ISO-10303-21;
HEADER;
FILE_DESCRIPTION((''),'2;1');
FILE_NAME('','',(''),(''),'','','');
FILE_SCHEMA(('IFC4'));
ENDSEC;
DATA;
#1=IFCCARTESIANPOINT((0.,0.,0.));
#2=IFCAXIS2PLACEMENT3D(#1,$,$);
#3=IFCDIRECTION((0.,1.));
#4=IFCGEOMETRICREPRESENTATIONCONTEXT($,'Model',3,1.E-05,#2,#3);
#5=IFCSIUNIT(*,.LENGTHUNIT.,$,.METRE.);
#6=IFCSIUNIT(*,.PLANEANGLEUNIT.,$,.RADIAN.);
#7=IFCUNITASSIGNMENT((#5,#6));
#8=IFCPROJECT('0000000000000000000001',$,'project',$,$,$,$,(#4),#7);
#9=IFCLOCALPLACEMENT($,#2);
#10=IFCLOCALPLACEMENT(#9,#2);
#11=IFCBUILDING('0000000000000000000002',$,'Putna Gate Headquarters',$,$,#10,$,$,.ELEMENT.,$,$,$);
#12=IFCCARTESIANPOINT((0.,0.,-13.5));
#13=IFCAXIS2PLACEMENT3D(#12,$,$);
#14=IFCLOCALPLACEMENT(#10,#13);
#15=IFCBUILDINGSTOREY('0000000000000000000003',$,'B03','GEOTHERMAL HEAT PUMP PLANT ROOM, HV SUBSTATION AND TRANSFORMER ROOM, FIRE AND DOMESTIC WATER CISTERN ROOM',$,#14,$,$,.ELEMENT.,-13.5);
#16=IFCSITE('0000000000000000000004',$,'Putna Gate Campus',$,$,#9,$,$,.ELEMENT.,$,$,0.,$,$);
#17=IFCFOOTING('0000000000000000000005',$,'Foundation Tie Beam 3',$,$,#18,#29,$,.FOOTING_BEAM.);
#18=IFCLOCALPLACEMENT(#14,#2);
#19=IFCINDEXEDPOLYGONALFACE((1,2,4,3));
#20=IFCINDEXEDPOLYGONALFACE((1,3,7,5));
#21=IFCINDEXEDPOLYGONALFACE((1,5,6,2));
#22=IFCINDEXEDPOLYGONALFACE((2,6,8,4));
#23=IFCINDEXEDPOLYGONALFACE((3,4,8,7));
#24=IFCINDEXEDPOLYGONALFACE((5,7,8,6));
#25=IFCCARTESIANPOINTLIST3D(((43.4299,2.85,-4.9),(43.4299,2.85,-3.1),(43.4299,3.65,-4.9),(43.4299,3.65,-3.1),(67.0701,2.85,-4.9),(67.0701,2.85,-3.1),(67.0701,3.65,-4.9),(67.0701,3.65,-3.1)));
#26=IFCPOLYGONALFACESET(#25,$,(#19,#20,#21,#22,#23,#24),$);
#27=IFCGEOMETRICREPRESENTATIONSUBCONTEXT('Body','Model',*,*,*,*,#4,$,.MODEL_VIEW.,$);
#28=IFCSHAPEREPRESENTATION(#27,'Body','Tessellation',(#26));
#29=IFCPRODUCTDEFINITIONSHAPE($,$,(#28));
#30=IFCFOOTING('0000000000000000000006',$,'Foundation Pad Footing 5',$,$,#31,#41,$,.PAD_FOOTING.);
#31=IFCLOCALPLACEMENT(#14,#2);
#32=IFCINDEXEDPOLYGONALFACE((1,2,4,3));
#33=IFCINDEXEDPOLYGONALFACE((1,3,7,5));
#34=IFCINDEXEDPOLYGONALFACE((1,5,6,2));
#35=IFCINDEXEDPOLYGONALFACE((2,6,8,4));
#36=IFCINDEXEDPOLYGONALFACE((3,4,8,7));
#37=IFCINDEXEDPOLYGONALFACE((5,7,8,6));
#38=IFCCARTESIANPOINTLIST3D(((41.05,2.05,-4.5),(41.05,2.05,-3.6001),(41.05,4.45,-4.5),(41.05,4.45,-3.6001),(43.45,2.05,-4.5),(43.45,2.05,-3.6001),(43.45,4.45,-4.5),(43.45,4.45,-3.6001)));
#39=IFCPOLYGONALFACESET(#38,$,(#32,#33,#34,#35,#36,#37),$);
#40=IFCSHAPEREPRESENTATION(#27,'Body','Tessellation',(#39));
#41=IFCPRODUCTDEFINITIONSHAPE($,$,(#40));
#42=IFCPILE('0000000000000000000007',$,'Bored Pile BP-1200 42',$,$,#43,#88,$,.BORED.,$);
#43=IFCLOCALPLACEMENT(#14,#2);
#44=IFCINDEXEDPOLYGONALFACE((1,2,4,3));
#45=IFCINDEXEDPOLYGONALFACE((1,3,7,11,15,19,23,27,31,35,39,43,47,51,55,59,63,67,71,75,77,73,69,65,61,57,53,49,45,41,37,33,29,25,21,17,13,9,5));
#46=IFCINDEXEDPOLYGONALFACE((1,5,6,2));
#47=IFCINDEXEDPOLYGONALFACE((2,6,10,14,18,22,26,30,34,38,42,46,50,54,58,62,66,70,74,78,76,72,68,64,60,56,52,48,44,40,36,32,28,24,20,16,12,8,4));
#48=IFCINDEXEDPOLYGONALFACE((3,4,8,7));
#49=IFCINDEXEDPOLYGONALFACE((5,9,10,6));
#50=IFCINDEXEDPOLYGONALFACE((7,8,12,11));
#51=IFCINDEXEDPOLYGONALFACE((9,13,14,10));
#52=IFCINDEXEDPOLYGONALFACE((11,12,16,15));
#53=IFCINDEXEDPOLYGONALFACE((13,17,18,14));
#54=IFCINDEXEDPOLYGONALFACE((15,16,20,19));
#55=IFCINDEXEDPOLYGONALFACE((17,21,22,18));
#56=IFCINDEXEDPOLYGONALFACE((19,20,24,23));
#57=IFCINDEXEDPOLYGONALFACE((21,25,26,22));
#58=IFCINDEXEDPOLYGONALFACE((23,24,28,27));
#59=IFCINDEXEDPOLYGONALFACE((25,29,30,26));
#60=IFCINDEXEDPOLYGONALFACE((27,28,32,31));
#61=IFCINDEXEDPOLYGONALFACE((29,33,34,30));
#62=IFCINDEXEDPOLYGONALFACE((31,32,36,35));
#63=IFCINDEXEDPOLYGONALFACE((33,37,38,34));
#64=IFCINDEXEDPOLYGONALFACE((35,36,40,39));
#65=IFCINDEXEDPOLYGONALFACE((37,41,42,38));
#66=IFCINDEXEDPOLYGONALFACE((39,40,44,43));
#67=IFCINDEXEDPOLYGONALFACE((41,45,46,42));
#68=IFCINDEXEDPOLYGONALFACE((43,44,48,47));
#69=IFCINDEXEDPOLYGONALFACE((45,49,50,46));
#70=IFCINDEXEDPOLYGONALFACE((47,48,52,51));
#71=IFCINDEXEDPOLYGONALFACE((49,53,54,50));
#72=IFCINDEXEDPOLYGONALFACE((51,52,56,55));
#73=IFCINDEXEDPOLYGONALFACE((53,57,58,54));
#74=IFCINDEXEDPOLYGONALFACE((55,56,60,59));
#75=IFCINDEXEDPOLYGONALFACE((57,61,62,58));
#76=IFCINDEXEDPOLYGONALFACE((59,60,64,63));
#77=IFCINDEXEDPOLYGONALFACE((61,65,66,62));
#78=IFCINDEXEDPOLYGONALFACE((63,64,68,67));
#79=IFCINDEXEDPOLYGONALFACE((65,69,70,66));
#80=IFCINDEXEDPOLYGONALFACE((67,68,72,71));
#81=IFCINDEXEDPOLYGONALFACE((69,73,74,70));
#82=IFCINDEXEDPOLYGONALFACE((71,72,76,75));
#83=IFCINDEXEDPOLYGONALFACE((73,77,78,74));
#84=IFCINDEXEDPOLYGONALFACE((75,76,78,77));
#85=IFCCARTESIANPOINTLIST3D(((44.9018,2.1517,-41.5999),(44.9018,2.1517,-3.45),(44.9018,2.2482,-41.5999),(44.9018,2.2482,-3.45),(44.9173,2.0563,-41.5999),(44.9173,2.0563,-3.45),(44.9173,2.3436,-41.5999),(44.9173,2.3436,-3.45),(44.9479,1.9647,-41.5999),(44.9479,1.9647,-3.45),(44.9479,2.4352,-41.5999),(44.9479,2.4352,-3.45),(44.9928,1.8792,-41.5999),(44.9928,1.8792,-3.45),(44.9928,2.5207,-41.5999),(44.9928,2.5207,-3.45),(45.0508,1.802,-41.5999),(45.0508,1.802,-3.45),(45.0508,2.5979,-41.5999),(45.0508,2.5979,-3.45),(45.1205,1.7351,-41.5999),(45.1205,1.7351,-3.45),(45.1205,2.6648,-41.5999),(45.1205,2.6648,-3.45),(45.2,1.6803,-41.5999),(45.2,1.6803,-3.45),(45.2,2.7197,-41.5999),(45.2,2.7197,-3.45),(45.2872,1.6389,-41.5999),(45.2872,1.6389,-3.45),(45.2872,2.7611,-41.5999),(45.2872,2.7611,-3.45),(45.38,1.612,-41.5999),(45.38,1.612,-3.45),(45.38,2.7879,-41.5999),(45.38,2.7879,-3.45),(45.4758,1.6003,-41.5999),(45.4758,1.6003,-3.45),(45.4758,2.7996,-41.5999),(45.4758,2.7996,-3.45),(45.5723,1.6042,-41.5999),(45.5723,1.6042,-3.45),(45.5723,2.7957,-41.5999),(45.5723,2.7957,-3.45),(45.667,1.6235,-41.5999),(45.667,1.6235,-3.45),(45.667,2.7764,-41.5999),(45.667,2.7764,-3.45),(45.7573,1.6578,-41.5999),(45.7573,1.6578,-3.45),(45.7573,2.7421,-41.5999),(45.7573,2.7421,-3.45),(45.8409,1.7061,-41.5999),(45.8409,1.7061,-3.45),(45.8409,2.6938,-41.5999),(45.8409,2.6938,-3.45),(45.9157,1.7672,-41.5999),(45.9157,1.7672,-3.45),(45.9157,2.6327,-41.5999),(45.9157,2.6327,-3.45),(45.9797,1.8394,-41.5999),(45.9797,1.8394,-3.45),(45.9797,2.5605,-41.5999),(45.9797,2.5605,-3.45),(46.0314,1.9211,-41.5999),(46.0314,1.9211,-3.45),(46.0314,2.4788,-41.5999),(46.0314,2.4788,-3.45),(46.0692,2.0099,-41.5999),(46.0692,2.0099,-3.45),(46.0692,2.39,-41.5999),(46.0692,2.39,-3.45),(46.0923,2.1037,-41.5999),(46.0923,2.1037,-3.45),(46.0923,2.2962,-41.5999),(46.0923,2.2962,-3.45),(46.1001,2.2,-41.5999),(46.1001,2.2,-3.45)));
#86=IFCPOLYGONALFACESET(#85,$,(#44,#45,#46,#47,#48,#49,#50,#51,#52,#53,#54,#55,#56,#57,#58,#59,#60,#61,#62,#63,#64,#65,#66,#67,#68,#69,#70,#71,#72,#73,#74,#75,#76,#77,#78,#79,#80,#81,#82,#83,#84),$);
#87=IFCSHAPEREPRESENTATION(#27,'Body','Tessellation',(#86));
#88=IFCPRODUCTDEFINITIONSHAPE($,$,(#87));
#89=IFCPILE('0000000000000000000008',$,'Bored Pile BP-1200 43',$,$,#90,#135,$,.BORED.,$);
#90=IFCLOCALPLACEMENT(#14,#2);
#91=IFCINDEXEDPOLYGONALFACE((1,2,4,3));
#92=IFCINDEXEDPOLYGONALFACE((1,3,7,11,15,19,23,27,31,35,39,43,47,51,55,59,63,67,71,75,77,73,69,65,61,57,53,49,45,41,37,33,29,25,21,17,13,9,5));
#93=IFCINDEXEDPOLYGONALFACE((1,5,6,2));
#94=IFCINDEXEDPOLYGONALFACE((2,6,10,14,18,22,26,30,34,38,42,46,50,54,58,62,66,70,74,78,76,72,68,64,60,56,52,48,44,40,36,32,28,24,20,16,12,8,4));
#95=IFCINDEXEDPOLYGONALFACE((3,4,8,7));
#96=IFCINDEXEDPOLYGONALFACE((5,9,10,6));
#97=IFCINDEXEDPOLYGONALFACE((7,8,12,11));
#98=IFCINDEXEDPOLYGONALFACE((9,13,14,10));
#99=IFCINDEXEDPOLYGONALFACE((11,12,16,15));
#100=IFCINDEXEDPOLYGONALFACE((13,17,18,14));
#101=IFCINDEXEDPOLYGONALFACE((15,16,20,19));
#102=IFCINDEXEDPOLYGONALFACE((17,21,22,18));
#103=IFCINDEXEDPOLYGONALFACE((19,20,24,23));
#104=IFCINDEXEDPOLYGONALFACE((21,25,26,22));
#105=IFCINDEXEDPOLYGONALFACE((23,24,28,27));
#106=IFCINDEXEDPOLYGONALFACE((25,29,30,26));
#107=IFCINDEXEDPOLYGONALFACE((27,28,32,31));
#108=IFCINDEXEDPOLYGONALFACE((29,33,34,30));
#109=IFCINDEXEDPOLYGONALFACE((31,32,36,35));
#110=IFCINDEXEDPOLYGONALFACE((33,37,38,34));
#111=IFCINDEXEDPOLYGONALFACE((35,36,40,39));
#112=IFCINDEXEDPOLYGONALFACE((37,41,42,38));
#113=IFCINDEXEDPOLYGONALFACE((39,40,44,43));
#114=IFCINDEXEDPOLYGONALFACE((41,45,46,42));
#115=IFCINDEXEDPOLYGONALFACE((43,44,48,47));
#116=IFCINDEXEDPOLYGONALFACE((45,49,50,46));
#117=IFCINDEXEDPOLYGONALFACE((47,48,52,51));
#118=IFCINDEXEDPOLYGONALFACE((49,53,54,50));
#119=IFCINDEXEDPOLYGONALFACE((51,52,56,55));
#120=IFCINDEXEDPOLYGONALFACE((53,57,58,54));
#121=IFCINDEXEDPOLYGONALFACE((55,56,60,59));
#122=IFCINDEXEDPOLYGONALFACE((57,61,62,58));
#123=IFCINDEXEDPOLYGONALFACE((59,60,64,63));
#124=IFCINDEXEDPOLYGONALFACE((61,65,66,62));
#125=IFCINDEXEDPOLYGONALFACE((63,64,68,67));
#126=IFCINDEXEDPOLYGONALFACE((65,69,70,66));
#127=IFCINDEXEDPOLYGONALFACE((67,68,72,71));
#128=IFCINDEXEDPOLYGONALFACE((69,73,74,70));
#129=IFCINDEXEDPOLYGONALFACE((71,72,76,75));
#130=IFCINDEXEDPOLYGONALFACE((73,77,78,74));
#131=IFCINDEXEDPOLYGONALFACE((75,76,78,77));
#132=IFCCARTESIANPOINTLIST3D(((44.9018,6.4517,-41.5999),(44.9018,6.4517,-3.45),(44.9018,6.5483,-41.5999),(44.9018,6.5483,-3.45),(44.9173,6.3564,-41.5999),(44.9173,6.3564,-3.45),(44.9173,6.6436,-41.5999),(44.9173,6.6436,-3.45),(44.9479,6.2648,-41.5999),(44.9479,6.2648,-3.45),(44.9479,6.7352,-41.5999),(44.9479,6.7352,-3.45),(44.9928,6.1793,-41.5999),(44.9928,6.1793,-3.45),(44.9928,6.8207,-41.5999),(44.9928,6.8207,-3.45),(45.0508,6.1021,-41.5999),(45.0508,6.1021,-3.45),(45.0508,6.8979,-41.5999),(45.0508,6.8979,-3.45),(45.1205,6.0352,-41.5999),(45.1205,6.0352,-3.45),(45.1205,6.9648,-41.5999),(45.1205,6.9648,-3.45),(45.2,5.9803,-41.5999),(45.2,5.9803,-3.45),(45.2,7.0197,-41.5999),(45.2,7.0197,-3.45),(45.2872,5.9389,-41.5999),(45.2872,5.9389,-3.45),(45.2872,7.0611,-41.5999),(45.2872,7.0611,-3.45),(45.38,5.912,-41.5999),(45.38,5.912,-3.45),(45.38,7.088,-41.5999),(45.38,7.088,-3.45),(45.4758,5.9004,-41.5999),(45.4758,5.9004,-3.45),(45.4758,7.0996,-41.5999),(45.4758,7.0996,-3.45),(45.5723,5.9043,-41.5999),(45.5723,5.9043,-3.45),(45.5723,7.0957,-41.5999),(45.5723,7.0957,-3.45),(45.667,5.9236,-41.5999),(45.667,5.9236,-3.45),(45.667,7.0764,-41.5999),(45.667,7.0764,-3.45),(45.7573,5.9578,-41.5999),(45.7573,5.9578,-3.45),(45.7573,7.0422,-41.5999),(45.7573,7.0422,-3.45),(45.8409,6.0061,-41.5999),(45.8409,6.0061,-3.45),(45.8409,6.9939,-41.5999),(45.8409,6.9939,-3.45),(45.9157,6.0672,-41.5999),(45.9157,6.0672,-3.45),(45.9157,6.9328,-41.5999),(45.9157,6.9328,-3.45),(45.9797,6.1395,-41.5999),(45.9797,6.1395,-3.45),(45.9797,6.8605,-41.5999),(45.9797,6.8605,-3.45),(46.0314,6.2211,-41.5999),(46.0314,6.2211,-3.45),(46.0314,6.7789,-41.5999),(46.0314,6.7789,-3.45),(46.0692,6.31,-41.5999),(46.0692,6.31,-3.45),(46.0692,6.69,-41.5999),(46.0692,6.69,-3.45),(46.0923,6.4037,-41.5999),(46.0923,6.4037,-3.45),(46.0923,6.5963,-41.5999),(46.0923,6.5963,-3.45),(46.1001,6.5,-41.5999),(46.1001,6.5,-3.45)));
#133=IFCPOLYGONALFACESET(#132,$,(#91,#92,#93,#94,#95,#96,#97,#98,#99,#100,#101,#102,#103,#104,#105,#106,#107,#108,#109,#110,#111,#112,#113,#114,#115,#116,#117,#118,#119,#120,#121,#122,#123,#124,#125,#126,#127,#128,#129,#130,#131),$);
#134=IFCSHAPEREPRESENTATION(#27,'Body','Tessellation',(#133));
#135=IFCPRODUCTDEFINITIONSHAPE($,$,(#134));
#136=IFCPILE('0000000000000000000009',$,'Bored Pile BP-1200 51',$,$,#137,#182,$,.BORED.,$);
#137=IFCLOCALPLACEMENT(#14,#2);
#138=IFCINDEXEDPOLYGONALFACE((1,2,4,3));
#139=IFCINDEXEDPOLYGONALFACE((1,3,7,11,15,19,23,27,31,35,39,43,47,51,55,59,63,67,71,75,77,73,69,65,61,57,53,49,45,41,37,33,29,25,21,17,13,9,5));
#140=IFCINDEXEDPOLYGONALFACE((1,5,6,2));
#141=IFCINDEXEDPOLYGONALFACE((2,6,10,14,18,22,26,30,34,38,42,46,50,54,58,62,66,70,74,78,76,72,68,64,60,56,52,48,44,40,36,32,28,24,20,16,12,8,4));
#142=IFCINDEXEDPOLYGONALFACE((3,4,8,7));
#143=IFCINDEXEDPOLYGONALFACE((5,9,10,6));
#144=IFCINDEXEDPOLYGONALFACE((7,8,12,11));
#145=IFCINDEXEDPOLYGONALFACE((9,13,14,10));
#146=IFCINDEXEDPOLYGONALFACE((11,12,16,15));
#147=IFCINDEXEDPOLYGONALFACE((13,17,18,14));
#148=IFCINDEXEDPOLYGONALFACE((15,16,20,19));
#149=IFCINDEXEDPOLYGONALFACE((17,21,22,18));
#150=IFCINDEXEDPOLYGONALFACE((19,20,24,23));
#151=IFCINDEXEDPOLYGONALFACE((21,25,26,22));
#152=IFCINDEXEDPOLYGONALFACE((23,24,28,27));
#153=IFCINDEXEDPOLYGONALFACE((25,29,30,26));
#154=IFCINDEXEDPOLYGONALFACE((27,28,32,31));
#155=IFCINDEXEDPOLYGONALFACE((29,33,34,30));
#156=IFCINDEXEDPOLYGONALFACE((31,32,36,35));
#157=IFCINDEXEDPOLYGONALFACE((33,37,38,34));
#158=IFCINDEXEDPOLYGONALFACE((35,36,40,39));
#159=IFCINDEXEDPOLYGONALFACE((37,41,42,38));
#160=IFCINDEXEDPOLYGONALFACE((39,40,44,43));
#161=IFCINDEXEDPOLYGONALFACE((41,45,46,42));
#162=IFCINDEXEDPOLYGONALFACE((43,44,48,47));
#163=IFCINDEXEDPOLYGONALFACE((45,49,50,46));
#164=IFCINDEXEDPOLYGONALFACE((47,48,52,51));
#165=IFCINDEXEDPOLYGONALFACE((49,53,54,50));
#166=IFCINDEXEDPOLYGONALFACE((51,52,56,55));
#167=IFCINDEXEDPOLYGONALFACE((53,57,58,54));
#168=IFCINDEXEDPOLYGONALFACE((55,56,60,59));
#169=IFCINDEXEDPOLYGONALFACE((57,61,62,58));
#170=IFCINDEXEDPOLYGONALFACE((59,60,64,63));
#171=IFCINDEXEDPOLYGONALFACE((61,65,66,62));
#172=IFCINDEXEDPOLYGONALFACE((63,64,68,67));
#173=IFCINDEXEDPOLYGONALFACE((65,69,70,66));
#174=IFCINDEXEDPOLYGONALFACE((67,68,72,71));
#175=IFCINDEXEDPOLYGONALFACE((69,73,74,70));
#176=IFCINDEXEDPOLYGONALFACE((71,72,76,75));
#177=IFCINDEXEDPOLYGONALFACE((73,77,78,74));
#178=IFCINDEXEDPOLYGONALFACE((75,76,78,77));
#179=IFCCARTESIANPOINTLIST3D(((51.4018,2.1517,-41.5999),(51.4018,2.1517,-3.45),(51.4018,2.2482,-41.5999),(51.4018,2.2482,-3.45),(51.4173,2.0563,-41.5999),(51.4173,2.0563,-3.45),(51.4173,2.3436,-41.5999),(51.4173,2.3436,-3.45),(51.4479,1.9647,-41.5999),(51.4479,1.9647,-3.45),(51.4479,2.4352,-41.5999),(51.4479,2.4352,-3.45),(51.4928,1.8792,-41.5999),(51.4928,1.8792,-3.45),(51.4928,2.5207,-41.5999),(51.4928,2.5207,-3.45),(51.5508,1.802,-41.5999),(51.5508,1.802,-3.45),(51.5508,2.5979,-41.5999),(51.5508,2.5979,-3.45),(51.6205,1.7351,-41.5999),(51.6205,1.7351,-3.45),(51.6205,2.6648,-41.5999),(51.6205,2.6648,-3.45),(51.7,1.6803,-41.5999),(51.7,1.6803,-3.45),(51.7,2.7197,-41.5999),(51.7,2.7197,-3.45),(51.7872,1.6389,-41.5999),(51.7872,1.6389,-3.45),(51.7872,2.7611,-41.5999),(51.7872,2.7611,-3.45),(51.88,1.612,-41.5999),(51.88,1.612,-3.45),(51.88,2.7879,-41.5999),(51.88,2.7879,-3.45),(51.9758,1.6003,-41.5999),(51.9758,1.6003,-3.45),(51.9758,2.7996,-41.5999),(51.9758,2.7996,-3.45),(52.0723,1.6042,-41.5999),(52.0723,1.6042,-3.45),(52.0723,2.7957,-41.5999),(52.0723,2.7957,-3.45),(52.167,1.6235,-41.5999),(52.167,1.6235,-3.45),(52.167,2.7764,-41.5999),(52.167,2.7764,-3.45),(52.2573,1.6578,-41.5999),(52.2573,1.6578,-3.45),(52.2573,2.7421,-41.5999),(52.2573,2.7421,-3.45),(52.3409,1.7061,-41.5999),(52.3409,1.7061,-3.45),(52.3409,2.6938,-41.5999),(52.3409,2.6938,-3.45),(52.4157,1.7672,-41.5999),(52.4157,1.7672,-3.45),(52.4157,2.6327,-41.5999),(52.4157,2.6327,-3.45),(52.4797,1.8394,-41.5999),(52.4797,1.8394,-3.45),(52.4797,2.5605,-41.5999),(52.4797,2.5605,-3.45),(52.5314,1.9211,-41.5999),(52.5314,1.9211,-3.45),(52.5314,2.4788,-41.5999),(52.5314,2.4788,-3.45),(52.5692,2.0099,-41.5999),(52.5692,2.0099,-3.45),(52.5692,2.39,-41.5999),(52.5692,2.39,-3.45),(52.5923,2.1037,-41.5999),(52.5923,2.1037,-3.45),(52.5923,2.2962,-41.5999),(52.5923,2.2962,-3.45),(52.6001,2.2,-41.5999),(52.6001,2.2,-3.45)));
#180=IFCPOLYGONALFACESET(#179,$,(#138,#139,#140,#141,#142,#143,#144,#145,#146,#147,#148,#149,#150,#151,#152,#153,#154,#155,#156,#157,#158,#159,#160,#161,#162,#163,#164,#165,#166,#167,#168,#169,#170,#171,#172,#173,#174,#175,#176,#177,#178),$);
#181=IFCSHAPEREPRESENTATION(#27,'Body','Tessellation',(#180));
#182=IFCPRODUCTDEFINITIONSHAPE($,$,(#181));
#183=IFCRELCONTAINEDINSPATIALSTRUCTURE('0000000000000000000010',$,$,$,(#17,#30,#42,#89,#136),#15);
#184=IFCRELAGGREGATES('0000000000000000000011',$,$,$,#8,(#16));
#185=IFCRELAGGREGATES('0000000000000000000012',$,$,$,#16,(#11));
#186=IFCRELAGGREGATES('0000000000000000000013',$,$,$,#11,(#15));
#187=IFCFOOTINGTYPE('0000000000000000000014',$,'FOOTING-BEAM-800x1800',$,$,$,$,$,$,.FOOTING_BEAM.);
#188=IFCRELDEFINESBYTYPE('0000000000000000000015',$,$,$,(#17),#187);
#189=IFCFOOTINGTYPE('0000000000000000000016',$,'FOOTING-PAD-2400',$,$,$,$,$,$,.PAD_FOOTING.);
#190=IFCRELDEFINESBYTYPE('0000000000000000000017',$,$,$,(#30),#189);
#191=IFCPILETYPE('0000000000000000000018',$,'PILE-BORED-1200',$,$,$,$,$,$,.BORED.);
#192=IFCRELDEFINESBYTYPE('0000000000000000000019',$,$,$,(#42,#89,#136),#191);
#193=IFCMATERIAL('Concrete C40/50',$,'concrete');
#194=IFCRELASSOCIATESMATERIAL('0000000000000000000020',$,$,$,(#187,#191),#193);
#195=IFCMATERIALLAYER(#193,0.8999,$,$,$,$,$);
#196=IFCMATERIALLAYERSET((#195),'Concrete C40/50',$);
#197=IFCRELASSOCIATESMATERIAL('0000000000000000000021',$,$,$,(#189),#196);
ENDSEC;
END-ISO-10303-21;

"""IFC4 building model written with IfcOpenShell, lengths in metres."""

from ifc_helpers import new_model, si_unit, direction, frame, origin, origin_2d, place, context, subcontext, project, spatial, rectangle, circle, extrude, material, layer, layer_set, material_profile, profile_set, type_object, element, save


model = new_model("IFC4")

# Units and contexts
model_context = context("Model", 3, precision=1e-05, world=origin(), true_north=direction((0.0, 1.0)))
body_context = subcontext(model_context, "Body", "Model", "MODEL_VIEW")
ifc_project = project(units=[si_unit("LENGTHUNIT", "METRE"), si_unit("PLANEANGLEUNIT", "RADIAN")], contexts=[model_context])

# Site, building, storey
site_placement = place(None, origin())
site = spatial("IfcSite", under=ifc_project, at=site_placement, Name="Putna Gate Campus", CompositionType="ELEMENT", RefElevation=0.0)
building_placement = place(site_placement, origin())
building = spatial("IfcBuilding", under=site, at=building_placement, Name="Putna Gate Headquarters", CompositionType="ELEMENT")
storey_placement = place(building_placement, frame((0.0, 0.0, -13.5)))
storey = spatial("IfcBuildingStorey", under=building, at=storey_placement, Name="B03", Description="GEOTHERMAL HEAT PUMP PLANT ROOM, HV SUBSTATION AND TRANSFORMER ROOM, FIRE AND DOMESTIC WATER CISTERN ROOM", CompositionType="ELEMENT", Elevation=-13.5)

# Footings
ifc_material_1 = material(Name="Concrete C40/50", Category="concrete")
ifc_material_profile_1 = material_profile(ifc_material_1, rectangle(XDim=0.8, YDim=1.8, at=origin_2d()), Name="Concrete C40/50")
ifc_profile_set_1 = profile_set([ifc_material_profile_1], Name="Concrete C40/50")
footing_type_1 = type_object("IfcFootingType", Name="FOOTING-BEAM-800x1800", PredefinedType="FOOTING_BEAM", material=ifc_profile_set_1)
footing_1_placement = place(storey_placement, frame((43.4299, 3.25, -4.0), z_axis=(1.0, 0.0, 0.0), x_axis=(0.0, 1.0, 0.0)))
element("IfcFooting", 1, at=footing_1_placement, inside=storey, type_object=footing_type_1, Name="Foundation Tie Beam 3", PredefinedType="FOOTING_BEAM", context=body_context, shape_type="SweptSolid", body=[
    extrude(rectangle(XDim=0.8, YDim=1.8, at=origin_2d()), origin(), (0.0, 0.0, 1.0), 23.6401),
])
ifc_layer_1 = layer(ifc_material_1, 0.8999)
ifc_layer_set_1 = layer_set([ifc_layer_1], Name="Concrete C40/50")
footing_type_2 = type_object("IfcFootingType", Name="FOOTING-PAD-2400", PredefinedType="PAD_FOOTING", material=ifc_layer_set_1)
footing_2_placement = place(storey_placement, frame((42.25, 3.25, -4.5), z_axis=(0.0, 0.0, 1.0), x_axis=(1.0, 0.0, 0.0)))
element("IfcFooting", 2, at=footing_2_placement, inside=storey, type_object=footing_type_2, Name="Foundation Pad Footing 5", PredefinedType="PAD_FOOTING", context=body_context, shape_type="SweptSolid", body=[
    extrude(rectangle(XDim=2.3999, YDim=2.3999, at=origin_2d()), origin(), (0.0, 0.0, 1.0), 0.8999),
])

# Piles
ifc_material_profile_2 = material_profile(ifc_material_1, circle(Radius=0.6001, at=origin_2d()), Name="Concrete C40/50")
ifc_profile_set_2 = profile_set([ifc_material_profile_2], Name="Concrete C40/50")
pile_type_1 = type_object("IfcPileType", Name="PILE-BORED-1200", PredefinedType="BORED", material=ifc_profile_set_2)
for number, where, z_axis, x_axis, name in (
    (3, (45.5, 2.2, -3.45), (0.0, 0.0, -1.0), (1.0, 0.0, 0.0), "Bored Pile BP-1200 42"),
    (4, (45.5, 6.5, -3.45), (0.0, 0.0, -1.0), (1.0, 0.0, 0.0), "Bored Pile BP-1200 43"),
    (5, (52.0, 2.2, -3.45), (0.0, 0.0, -1.0), (1.0, 0.0, 0.0), "Bored Pile BP-1200 51"),
):
    element("IfcPile", number, at=place(storey_placement, frame(where, z_axis=z_axis, x_axis=x_axis)), inside=storey, type_object=pile_type_1, Name=name, PredefinedType="BORED", context=body_context, shape_type="SweptSolid", body=[
        extrude(circle(Radius=0.6001, at=origin_2d()), origin(), (0.0, 0.0, 1.0), 38.1499),
    ])

save(model, "model.ifc")
